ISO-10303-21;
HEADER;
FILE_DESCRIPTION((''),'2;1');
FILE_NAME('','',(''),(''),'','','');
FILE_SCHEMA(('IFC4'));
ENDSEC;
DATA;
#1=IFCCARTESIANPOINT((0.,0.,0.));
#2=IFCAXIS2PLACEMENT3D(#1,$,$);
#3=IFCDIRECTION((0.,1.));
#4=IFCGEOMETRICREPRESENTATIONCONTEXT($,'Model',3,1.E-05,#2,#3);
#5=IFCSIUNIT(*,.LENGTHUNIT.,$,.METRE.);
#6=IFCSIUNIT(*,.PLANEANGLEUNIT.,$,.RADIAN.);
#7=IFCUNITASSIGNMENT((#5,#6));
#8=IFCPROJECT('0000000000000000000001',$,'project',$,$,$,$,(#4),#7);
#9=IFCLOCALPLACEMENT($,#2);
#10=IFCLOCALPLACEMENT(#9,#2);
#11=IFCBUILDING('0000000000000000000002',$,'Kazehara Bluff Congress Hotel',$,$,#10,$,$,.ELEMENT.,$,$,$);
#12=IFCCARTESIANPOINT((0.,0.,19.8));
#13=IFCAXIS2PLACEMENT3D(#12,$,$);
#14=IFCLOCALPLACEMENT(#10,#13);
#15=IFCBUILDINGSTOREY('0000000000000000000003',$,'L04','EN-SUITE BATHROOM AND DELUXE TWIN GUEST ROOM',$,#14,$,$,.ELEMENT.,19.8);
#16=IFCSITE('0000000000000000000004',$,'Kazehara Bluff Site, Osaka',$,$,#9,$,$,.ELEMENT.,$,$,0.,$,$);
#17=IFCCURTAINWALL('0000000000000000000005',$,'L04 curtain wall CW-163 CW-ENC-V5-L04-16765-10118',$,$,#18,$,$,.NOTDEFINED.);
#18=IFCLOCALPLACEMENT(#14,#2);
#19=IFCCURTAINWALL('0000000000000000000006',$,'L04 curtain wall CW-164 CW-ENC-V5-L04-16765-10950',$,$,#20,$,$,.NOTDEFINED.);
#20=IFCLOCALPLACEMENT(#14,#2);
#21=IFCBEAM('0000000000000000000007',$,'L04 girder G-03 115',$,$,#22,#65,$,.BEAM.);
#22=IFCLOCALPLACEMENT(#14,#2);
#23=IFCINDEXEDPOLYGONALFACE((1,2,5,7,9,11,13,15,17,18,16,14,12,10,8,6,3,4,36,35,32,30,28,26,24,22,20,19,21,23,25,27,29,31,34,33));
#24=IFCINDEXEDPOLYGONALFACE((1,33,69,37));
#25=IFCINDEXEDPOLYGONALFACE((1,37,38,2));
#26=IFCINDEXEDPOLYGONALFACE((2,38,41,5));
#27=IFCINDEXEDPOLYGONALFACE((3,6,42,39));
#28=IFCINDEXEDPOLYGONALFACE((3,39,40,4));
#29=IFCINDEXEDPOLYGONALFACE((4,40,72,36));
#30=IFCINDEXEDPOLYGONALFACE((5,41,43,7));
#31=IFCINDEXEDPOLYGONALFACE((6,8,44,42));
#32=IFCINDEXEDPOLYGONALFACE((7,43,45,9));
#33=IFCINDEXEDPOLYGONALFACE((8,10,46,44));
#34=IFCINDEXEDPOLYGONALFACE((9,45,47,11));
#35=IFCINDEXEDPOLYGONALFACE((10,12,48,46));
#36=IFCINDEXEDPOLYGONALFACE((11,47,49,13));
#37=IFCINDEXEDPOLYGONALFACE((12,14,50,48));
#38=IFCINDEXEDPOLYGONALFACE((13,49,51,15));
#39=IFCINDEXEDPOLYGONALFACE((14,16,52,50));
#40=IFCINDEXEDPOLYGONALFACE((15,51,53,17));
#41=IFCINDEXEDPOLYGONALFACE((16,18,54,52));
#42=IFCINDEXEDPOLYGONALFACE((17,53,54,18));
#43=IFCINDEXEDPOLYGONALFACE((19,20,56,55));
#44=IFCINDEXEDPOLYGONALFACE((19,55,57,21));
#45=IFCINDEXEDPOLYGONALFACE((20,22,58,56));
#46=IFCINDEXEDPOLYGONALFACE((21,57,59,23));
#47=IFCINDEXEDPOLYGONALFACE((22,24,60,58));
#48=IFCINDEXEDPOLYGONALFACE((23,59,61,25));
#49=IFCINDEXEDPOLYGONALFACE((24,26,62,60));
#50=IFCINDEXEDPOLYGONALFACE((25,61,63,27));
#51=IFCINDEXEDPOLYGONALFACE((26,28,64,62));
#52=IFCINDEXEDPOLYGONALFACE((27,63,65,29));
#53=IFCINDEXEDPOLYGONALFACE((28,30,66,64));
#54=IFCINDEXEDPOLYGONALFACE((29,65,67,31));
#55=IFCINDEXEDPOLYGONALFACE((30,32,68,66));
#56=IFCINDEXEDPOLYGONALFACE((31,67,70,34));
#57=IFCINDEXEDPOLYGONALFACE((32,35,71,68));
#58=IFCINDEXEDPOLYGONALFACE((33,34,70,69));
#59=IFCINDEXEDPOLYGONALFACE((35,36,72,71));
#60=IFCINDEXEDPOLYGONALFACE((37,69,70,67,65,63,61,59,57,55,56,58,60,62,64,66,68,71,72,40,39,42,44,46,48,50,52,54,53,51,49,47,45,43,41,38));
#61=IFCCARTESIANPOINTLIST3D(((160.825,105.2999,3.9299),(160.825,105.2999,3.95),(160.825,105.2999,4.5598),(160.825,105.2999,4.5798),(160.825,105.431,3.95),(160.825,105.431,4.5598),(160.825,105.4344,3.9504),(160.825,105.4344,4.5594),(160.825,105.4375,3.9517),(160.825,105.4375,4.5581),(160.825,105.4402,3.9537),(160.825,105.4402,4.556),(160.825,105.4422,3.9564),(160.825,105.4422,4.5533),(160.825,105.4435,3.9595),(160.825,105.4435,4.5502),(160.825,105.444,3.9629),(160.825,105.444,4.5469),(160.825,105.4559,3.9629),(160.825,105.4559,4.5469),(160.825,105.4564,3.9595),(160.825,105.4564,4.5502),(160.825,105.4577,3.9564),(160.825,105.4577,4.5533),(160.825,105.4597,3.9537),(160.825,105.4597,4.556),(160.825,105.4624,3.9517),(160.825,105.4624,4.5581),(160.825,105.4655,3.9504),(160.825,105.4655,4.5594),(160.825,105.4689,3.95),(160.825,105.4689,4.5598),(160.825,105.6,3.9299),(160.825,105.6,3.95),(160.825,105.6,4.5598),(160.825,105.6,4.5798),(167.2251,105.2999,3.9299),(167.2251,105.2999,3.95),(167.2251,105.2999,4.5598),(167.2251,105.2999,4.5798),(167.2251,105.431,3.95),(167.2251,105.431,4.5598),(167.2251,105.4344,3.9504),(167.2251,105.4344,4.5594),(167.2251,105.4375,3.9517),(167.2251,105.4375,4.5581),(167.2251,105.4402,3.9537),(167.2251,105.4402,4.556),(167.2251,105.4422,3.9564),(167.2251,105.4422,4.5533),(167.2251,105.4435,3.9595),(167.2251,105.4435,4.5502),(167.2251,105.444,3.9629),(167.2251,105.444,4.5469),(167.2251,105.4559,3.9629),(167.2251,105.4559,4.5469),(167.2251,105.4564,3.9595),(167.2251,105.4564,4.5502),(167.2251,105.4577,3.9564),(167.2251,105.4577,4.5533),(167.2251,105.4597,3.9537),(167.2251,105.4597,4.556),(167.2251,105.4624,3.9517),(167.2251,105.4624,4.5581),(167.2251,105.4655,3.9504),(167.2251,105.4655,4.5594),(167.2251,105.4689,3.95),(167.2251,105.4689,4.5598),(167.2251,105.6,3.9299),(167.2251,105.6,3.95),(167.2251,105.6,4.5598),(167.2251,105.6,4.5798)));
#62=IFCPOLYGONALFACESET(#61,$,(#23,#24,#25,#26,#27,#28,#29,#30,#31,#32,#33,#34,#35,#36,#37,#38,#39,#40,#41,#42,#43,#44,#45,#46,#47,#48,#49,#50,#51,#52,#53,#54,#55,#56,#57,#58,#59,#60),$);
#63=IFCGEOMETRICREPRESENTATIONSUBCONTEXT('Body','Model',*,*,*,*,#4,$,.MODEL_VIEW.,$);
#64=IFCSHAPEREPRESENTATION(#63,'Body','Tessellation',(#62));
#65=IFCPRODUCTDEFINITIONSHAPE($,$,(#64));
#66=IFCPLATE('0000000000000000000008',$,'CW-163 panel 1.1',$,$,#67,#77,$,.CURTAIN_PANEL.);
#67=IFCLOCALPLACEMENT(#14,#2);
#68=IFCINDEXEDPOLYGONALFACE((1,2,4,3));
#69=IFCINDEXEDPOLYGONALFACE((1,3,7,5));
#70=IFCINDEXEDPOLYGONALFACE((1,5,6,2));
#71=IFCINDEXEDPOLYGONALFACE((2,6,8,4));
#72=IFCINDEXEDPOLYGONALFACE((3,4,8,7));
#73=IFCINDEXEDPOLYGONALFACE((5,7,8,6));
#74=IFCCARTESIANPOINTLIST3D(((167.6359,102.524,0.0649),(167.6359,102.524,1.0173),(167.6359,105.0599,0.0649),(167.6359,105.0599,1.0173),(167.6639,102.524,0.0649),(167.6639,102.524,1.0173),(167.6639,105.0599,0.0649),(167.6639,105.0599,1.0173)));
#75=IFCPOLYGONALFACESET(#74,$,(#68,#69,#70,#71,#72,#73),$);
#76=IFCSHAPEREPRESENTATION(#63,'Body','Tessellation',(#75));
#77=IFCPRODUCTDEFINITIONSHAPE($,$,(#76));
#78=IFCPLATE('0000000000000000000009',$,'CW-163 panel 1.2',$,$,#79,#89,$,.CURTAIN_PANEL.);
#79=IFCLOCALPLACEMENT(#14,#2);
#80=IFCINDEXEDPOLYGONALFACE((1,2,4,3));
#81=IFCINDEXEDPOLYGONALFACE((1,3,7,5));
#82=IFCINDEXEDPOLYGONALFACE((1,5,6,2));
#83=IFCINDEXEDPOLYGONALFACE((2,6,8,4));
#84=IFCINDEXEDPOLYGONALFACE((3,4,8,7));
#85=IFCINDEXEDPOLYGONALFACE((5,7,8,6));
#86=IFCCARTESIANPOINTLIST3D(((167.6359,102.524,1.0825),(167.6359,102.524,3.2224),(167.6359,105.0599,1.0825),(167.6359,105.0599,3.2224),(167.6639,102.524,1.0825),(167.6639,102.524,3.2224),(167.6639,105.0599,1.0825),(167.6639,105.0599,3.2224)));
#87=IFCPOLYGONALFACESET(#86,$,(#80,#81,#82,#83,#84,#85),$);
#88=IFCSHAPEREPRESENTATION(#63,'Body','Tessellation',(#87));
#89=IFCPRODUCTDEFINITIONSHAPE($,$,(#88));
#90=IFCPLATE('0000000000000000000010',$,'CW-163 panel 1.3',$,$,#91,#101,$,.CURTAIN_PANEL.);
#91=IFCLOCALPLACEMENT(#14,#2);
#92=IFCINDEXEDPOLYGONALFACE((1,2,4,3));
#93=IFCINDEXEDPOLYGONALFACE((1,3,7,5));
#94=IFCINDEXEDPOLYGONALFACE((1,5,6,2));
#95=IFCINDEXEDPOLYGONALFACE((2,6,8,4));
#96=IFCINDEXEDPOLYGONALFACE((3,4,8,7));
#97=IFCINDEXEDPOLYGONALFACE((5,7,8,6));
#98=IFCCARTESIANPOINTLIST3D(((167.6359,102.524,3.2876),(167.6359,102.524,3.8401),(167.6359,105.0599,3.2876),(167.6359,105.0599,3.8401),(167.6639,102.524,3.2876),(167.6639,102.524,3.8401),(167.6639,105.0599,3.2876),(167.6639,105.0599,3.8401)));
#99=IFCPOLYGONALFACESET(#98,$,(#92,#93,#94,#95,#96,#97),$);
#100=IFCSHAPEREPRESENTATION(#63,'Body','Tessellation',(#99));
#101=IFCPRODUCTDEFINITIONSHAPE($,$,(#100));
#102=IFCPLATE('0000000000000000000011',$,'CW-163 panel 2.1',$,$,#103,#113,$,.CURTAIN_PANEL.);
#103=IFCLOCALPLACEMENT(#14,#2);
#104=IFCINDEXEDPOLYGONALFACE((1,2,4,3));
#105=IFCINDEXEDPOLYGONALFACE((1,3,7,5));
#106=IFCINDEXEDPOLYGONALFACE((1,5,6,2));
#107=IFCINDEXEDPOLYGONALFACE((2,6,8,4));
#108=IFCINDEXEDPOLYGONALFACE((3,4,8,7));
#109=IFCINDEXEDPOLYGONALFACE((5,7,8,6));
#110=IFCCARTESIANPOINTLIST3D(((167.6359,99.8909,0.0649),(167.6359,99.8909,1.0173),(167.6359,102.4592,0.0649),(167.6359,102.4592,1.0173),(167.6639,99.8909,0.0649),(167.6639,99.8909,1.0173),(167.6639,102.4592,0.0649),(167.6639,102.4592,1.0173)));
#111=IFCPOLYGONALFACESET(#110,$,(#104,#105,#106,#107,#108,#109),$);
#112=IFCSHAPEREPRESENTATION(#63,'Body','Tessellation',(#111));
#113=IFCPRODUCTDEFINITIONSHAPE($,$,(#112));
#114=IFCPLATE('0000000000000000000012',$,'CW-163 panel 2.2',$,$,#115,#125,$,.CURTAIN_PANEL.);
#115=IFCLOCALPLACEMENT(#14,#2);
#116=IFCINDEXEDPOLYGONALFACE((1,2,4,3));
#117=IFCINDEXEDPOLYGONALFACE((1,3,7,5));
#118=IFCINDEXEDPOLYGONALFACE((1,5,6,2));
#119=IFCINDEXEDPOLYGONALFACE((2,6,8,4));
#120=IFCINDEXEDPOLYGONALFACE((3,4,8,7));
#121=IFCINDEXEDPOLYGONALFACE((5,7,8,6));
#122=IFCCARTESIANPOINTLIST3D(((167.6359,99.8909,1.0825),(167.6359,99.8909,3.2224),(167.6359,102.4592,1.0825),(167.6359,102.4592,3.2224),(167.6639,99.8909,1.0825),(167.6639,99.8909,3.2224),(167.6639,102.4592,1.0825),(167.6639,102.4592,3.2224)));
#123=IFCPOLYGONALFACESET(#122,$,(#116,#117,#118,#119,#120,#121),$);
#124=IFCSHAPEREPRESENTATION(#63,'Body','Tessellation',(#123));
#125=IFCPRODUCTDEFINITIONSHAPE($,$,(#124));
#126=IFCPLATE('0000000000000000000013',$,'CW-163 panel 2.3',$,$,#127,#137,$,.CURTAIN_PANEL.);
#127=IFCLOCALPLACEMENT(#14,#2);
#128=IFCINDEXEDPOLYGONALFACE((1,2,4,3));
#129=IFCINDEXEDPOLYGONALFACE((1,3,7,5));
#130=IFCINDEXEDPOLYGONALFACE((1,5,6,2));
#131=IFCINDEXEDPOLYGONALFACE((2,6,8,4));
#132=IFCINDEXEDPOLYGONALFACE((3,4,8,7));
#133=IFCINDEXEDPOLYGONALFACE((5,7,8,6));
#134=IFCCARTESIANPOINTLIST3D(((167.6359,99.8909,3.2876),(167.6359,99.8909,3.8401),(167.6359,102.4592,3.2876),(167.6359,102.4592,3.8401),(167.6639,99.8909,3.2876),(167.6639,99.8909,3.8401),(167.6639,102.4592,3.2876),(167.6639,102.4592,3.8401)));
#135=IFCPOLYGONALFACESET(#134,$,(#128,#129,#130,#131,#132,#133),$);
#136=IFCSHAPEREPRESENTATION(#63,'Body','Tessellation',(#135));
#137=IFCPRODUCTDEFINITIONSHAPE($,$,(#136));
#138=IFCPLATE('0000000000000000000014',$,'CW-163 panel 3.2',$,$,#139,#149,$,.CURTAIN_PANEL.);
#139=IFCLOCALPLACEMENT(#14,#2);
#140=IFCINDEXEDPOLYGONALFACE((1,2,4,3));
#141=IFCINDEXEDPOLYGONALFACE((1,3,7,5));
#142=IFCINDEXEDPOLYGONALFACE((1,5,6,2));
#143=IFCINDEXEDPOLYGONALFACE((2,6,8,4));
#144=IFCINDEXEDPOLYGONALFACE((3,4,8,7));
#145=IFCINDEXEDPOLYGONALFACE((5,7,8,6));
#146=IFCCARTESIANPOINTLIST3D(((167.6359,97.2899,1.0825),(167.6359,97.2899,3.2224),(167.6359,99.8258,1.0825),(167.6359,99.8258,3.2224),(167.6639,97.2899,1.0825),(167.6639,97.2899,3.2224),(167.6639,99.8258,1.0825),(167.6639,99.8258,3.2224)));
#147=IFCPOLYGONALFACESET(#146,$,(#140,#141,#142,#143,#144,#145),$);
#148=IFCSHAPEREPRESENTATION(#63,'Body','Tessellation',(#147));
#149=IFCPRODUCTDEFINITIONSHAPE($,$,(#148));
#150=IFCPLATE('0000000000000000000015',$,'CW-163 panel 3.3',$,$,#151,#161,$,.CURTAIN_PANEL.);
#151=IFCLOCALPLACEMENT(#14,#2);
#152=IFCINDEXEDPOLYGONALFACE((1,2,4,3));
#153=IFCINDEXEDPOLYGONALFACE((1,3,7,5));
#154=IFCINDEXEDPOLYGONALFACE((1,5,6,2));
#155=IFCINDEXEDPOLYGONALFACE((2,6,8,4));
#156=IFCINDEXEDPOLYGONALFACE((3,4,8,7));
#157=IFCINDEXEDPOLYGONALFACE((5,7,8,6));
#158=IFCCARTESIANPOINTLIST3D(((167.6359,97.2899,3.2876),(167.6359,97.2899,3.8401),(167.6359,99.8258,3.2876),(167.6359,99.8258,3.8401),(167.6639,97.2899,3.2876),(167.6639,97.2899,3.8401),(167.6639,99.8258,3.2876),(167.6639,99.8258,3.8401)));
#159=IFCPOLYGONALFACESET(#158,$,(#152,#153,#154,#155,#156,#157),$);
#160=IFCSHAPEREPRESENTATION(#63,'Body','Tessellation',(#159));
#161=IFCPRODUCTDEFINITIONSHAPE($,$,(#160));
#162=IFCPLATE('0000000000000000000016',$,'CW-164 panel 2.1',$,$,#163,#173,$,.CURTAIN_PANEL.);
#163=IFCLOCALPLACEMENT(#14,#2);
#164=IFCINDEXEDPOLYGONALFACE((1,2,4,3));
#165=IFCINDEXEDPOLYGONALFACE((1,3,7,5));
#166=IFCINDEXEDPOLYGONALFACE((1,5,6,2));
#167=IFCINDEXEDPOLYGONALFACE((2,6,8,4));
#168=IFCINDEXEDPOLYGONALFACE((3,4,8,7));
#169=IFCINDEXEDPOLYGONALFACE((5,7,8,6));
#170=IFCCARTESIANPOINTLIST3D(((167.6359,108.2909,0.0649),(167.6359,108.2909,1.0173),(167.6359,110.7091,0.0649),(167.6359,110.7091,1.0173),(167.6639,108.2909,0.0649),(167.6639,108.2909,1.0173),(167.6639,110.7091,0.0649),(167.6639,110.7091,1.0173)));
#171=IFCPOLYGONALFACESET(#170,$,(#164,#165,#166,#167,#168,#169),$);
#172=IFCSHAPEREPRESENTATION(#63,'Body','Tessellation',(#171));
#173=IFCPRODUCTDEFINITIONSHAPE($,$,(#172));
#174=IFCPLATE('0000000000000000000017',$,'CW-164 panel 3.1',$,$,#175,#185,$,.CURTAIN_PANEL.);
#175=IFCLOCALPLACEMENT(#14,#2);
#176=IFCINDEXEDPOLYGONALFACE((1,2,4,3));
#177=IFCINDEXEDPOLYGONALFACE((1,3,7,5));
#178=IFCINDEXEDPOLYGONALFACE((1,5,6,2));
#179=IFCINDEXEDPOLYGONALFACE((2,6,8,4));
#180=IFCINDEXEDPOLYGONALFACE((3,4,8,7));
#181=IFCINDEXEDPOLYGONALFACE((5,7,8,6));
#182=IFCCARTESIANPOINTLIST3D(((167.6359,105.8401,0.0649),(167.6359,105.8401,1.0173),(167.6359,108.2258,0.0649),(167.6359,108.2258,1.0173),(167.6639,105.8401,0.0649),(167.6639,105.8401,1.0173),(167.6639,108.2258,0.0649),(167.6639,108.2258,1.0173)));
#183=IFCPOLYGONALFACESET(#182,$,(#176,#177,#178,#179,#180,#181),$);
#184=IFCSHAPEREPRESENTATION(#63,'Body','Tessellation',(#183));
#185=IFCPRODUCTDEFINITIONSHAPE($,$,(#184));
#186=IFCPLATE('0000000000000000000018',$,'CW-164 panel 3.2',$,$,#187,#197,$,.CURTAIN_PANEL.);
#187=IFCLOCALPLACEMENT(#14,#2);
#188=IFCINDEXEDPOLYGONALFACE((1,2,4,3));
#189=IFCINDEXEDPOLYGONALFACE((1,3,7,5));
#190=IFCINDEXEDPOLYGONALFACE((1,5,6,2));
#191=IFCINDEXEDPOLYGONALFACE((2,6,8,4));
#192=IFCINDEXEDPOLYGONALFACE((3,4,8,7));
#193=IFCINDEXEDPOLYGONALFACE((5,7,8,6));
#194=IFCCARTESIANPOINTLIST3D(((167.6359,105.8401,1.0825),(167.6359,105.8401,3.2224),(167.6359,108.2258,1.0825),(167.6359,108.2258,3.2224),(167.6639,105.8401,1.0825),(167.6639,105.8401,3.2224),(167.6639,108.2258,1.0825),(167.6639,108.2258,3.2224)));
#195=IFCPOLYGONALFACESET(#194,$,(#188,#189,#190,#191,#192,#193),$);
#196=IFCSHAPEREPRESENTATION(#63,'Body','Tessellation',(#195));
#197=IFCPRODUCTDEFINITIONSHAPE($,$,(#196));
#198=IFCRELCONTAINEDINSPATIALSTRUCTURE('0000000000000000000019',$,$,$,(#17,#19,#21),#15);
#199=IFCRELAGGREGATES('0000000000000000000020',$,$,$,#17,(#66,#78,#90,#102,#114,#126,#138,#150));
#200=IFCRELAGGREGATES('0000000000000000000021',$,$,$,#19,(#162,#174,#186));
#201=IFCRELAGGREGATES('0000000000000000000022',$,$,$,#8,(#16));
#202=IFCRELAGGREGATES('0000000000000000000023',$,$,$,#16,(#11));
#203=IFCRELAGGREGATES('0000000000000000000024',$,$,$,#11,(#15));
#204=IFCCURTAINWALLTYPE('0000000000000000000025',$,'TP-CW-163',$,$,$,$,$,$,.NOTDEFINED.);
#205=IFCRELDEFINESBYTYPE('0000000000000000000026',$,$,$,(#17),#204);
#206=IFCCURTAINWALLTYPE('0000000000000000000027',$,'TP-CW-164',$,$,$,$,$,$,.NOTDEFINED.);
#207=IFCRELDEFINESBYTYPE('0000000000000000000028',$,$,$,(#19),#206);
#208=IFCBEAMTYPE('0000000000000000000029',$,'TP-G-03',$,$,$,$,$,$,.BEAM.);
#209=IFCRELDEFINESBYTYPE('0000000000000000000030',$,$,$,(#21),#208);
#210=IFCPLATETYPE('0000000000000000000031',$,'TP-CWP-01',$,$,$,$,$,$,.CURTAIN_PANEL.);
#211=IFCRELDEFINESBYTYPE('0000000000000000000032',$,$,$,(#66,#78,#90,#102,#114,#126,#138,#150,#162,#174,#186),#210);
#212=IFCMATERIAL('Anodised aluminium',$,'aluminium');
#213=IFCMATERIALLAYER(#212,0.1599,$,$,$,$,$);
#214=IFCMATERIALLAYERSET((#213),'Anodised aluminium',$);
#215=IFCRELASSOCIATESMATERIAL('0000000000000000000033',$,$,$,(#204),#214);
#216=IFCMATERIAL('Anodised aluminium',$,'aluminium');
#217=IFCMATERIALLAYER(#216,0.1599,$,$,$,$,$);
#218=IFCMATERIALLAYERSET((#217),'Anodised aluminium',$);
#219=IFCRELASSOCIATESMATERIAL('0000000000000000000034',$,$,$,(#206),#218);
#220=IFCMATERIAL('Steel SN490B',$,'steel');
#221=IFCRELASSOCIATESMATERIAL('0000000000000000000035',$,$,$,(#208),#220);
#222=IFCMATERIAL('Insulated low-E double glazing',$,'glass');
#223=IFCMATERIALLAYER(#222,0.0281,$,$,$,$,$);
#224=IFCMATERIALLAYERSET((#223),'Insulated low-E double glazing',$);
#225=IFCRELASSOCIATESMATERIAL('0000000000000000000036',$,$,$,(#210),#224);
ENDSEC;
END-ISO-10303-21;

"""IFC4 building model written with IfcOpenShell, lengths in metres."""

from ifc_helpers import new_model, si_unit, direction, frame, origin, origin_2d, place, context, subcontext, project, spatial, rectangle, i_section, extrude, material, layer, layer_set, material_profile, profile_set, type_object, element, aggregate, save


model = new_model("IFC4")

# Units and contexts
model_context = context("Model", 3, precision=1e-05, world=origin(), true_north=direction((0.0, 1.0)))
body_context = subcontext(model_context, "Body", "Model", "MODEL_VIEW")
ifc_project = project(units=[si_unit("LENGTHUNIT", "METRE"), si_unit("PLANEANGLEUNIT", "RADIAN")], contexts=[model_context])

# Site, building, storey
site_placement = place(None, origin())
site = spatial("IfcSite", under=ifc_project, at=site_placement, Name="Kazehara Bluff Site, Osaka", CompositionType="ELEMENT", RefElevation=0.0)
building_placement = place(site_placement, origin())
building = spatial("IfcBuilding", under=site, at=building_placement, Name="Kazehara Bluff Congress Hotel", CompositionType="ELEMENT")
storey_placement = place(building_placement, frame((0.0, 0.0, 19.8)))
storey = spatial("IfcBuildingStorey", under=building, at=storey_placement, Name="L04", Description="EN-SUITE BATHROOM AND DELUXE TWIN GUEST ROOM", CompositionType="ELEMENT", Elevation=19.8)

# Curtain walls
ifc_material_1 = material(Name="Anodised aluminium", Category="aluminium")
ifc_layer_1 = layer(ifc_material_1, 0.1599)
ifc_layer_set_1 = layer_set([ifc_layer_1], Name="Anodised aluminium")
curtain_wall_type_1 = type_object("IfcCurtainWallType", Name="TP-CW-163", PredefinedType="NOTDEFINED", material=ifc_layer_set_1)
curtain_wall_1_placement = place(storey_placement, origin())
curtain_wall_1 = element("IfcCurtainWall", 1, at=curtain_wall_1_placement, inside=storey, type_object=curtain_wall_type_1, Name="L04 curtain wall CW-163 CW-ENC-V5-L04-16765-10118", PredefinedType="NOTDEFINED")
ifc_material_2 = material(Name="Anodised aluminium", Category="aluminium")
ifc_layer_2 = layer(ifc_material_2, 0.1599)
ifc_layer_set_2 = layer_set([ifc_layer_2], Name="Anodised aluminium")
curtain_wall_type_2 = type_object("IfcCurtainWallType", Name="TP-CW-164", PredefinedType="NOTDEFINED", material=ifc_layer_set_2)
curtain_wall_2_placement = place(storey_placement, origin())
curtain_wall_2 = element("IfcCurtainWall", 2, at=curtain_wall_2_placement, inside=storey, type_object=curtain_wall_type_2, Name="L04 curtain wall CW-164 CW-ENC-V5-L04-16765-10950", PredefinedType="NOTDEFINED")

# Beam
ifc_material_3 = material(Name="Steel SN490B", Category="steel")
ifc_material_profile_1 = material_profile(ifc_material_3, i_section(OverallWidth=0.3, OverallDepth=0.6499, WebThickness=0.012, FlangeThickness=0.02, FilletRadius=0.0129, at=origin_2d()))
ifc_profile_set_1 = profile_set([ifc_material_profile_1], Name="Steel SN490B")
beam_type = type_object("IfcBeamType", Name="TP-G-03", PredefinedType="BEAM", material=ifc_profile_set_1)
beam_1_placement = place(storey_placement, frame((160.825, 105.45, 4.2549), z_axis=(1.0, 0.0, 0.0), x_axis=(0.0, 1.0, 0.0)))
element("IfcBeam", 3, at=beam_1_placement, inside=storey, type_object=beam_type, Name="L04 girder G-03 115", PredefinedType="BEAM", context=body_context, shape_type="SweptSolid", body=[
    extrude(i_section(OverallWidth=0.3, OverallDepth=0.6499, WebThickness=0.012, FlangeThickness=0.02, FilletRadius=0.0129, at=origin_2d()), origin(), (0.0, 0.0, 1.0), 6.4001),
])

# Plates
ifc_material_4 = material(Name="Insulated low-E double glazing", Category="glass")
ifc_layer_3 = layer(ifc_material_4, 0.0281)
ifc_layer_set_3 = layer_set([ifc_layer_3], Name="Insulated low-E double glazing")
plate_type = type_object("IfcPlateType", Name="TP-CWP-01", PredefinedType="CURTAIN_PANEL", material=ifc_layer_set_3)
plate_1_placement = place(storey_placement, frame((167.6499, 103.792, 0.0649), z_axis=(0.0, 0.0, 1.0), x_axis=(0.0, -1.0, 0.0)))
plate_1 = element("IfcPlate", 4, at=plate_1_placement, type_object=plate_type, Name="CW-163 panel 1.1", PredefinedType="CURTAIN_PANEL", context=body_context, shape_type="SweptSolid", body=[
    extrude(rectangle(XDim=2.5359, YDim=0.0281, at=origin_2d()), origin(), (0.0, 0.0, 1.0), 0.9524),
])
plate_2_placement = place(storey_placement, frame((167.6499, 103.792, 1.0825), z_axis=(0.0, 0.0, 1.0), x_axis=(0.0, -1.0, 0.0)))
plate_2 = element("IfcPlate", 5, at=plate_2_placement, type_object=plate_type, Name="CW-163 panel 1.2", PredefinedType="CURTAIN_PANEL", context=body_context, shape_type="SweptSolid", body=[
    extrude(rectangle(XDim=2.5359, YDim=0.0281, at=origin_2d()), origin(), (0.0, 0.0, 1.0), 2.1399),
])
plate_3_placement = place(storey_placement, frame((167.6499, 103.792, 3.2876), z_axis=(0.0, 0.0, 1.0), x_axis=(0.0, -1.0, 0.0)))
plate_3 = element("IfcPlate", 6, at=plate_3_placement, type_object=plate_type, Name="CW-163 panel 1.3", PredefinedType="CURTAIN_PANEL", context=body_context, shape_type="SweptSolid", body=[
    extrude(rectangle(XDim=2.5359, YDim=0.0281, at=origin_2d()), origin(), (0.0, 0.0, 1.0), 0.5525),
])
plate_4_placement = place(storey_placement, frame((167.6499, 101.175, 0.0649), z_axis=(0.0, 0.0, 1.0), x_axis=(0.0, -1.0, 0.0)))
plate_4 = element("IfcPlate", 7, at=plate_4_placement, type_object=plate_type, Name="CW-163 panel 2.1", PredefinedType="CURTAIN_PANEL", context=body_context, shape_type="SweptSolid", body=[
    extrude(rectangle(XDim=2.5684, YDim=0.0281, at=origin_2d()), origin(), (0.0, 0.0, 1.0), 0.9524),
])
plate_5_placement = place(storey_placement, frame((167.6499, 101.175, 1.0825), z_axis=(0.0, 0.0, 1.0), x_axis=(0.0, -1.0, 0.0)))
plate_5 = element("IfcPlate", 8, at=plate_5_placement, type_object=plate_type, Name="CW-163 panel 2.2", PredefinedType="CURTAIN_PANEL", context=body_context, shape_type="SweptSolid", body=[
    extrude(rectangle(XDim=2.5684, YDim=0.0281, at=origin_2d()), origin(), (0.0, 0.0, 1.0), 2.1399),
])
plate_6_placement = place(storey_placement, frame((167.6499, 101.175, 3.2876), z_axis=(0.0, 0.0, 1.0), x_axis=(0.0, -1.0, 0.0)))
plate_6 = element("IfcPlate", 9, at=plate_6_placement, type_object=plate_type, Name="CW-163 panel 2.3", PredefinedType="CURTAIN_PANEL", context=body_context, shape_type="SweptSolid", body=[
    extrude(rectangle(XDim=2.5684, YDim=0.0281, at=origin_2d()), origin(), (0.0, 0.0, 1.0), 0.5525),
])
plate_7_placement = place(storey_placement, frame((167.6499, 98.5579, 1.0825), z_axis=(0.0, 0.0, 1.0), x_axis=(0.0, -1.0, 0.0)))
plate_7 = element("IfcPlate", 10, at=plate_7_placement, type_object=plate_type, Name="CW-163 panel 3.2", PredefinedType="CURTAIN_PANEL", context=body_context, shape_type="SweptSolid", body=[
    extrude(rectangle(XDim=2.5359, YDim=0.0281, at=origin_2d()), origin(), (0.0, 0.0, 1.0), 2.1399),
])
plate_8_placement = place(storey_placement, frame((167.6499, 98.5579, 3.2876), z_axis=(0.0, 0.0, 1.0), x_axis=(0.0, -1.0, 0.0)))
plate_8 = element("IfcPlate", 11, at=plate_8_placement, type_object=plate_type, Name="CW-163 panel 3.3", PredefinedType="CURTAIN_PANEL", context=body_context, shape_type="SweptSolid", body=[
    extrude(rectangle(XDim=2.5359, YDim=0.0281, at=origin_2d()), origin(), (0.0, 0.0, 1.0), 0.5525),
])
aggregate(curtain_wall_1, [plate_1, plate_2, plate_3, plate_4, plate_5, plate_6, plate_7, plate_8])
plate_9_placement = place(storey_placement, frame((167.6499, 109.5, 0.0649), z_axis=(0.0, 0.0, 1.0), x_axis=(0.0, -1.0, 0.0)))
plate_9 = element("IfcPlate", 12, at=plate_9_placement, type_object=plate_type, Name="CW-164 panel 2.1", PredefinedType="CURTAIN_PANEL", context=body_context, shape_type="SweptSolid", body=[
    extrude(rectangle(XDim=2.4182, YDim=0.0281, at=origin_2d()), origin(), (0.0, 0.0, 1.0), 0.9524),
])
plate_10_placement = place(storey_placement, frame((167.6499, 107.033, 0.0649), z_axis=(0.0, 0.0, 1.0), x_axis=(0.0, -1.0, 0.0)))
plate_10 = element("IfcPlate", 13, at=plate_10_placement, type_object=plate_type, Name="CW-164 panel 3.1", PredefinedType="CURTAIN_PANEL", context=body_context, shape_type="SweptSolid", body=[
    extrude(rectangle(XDim=2.3857, YDim=0.0281, at=origin_2d()), origin(), (0.0, 0.0, 1.0), 0.9524),
])
plate_11_placement = place(storey_placement, frame((167.6499, 107.033, 1.0825), z_axis=(0.0, 0.0, 1.0), x_axis=(0.0, -1.0, 0.0)))
plate_11 = element("IfcPlate", 14, at=plate_11_placement, type_object=plate_type, Name="CW-164 panel 3.2", PredefinedType="CURTAIN_PANEL", context=body_context, shape_type="SweptSolid", body=[
    extrude(rectangle(XDim=2.3857, YDim=0.0281, at=origin_2d()), origin(), (0.0, 0.0, 1.0), 2.1399),
])
aggregate(curtain_wall_2, [plate_9, plate_10, plate_11])

save(model, "model.ifc")
